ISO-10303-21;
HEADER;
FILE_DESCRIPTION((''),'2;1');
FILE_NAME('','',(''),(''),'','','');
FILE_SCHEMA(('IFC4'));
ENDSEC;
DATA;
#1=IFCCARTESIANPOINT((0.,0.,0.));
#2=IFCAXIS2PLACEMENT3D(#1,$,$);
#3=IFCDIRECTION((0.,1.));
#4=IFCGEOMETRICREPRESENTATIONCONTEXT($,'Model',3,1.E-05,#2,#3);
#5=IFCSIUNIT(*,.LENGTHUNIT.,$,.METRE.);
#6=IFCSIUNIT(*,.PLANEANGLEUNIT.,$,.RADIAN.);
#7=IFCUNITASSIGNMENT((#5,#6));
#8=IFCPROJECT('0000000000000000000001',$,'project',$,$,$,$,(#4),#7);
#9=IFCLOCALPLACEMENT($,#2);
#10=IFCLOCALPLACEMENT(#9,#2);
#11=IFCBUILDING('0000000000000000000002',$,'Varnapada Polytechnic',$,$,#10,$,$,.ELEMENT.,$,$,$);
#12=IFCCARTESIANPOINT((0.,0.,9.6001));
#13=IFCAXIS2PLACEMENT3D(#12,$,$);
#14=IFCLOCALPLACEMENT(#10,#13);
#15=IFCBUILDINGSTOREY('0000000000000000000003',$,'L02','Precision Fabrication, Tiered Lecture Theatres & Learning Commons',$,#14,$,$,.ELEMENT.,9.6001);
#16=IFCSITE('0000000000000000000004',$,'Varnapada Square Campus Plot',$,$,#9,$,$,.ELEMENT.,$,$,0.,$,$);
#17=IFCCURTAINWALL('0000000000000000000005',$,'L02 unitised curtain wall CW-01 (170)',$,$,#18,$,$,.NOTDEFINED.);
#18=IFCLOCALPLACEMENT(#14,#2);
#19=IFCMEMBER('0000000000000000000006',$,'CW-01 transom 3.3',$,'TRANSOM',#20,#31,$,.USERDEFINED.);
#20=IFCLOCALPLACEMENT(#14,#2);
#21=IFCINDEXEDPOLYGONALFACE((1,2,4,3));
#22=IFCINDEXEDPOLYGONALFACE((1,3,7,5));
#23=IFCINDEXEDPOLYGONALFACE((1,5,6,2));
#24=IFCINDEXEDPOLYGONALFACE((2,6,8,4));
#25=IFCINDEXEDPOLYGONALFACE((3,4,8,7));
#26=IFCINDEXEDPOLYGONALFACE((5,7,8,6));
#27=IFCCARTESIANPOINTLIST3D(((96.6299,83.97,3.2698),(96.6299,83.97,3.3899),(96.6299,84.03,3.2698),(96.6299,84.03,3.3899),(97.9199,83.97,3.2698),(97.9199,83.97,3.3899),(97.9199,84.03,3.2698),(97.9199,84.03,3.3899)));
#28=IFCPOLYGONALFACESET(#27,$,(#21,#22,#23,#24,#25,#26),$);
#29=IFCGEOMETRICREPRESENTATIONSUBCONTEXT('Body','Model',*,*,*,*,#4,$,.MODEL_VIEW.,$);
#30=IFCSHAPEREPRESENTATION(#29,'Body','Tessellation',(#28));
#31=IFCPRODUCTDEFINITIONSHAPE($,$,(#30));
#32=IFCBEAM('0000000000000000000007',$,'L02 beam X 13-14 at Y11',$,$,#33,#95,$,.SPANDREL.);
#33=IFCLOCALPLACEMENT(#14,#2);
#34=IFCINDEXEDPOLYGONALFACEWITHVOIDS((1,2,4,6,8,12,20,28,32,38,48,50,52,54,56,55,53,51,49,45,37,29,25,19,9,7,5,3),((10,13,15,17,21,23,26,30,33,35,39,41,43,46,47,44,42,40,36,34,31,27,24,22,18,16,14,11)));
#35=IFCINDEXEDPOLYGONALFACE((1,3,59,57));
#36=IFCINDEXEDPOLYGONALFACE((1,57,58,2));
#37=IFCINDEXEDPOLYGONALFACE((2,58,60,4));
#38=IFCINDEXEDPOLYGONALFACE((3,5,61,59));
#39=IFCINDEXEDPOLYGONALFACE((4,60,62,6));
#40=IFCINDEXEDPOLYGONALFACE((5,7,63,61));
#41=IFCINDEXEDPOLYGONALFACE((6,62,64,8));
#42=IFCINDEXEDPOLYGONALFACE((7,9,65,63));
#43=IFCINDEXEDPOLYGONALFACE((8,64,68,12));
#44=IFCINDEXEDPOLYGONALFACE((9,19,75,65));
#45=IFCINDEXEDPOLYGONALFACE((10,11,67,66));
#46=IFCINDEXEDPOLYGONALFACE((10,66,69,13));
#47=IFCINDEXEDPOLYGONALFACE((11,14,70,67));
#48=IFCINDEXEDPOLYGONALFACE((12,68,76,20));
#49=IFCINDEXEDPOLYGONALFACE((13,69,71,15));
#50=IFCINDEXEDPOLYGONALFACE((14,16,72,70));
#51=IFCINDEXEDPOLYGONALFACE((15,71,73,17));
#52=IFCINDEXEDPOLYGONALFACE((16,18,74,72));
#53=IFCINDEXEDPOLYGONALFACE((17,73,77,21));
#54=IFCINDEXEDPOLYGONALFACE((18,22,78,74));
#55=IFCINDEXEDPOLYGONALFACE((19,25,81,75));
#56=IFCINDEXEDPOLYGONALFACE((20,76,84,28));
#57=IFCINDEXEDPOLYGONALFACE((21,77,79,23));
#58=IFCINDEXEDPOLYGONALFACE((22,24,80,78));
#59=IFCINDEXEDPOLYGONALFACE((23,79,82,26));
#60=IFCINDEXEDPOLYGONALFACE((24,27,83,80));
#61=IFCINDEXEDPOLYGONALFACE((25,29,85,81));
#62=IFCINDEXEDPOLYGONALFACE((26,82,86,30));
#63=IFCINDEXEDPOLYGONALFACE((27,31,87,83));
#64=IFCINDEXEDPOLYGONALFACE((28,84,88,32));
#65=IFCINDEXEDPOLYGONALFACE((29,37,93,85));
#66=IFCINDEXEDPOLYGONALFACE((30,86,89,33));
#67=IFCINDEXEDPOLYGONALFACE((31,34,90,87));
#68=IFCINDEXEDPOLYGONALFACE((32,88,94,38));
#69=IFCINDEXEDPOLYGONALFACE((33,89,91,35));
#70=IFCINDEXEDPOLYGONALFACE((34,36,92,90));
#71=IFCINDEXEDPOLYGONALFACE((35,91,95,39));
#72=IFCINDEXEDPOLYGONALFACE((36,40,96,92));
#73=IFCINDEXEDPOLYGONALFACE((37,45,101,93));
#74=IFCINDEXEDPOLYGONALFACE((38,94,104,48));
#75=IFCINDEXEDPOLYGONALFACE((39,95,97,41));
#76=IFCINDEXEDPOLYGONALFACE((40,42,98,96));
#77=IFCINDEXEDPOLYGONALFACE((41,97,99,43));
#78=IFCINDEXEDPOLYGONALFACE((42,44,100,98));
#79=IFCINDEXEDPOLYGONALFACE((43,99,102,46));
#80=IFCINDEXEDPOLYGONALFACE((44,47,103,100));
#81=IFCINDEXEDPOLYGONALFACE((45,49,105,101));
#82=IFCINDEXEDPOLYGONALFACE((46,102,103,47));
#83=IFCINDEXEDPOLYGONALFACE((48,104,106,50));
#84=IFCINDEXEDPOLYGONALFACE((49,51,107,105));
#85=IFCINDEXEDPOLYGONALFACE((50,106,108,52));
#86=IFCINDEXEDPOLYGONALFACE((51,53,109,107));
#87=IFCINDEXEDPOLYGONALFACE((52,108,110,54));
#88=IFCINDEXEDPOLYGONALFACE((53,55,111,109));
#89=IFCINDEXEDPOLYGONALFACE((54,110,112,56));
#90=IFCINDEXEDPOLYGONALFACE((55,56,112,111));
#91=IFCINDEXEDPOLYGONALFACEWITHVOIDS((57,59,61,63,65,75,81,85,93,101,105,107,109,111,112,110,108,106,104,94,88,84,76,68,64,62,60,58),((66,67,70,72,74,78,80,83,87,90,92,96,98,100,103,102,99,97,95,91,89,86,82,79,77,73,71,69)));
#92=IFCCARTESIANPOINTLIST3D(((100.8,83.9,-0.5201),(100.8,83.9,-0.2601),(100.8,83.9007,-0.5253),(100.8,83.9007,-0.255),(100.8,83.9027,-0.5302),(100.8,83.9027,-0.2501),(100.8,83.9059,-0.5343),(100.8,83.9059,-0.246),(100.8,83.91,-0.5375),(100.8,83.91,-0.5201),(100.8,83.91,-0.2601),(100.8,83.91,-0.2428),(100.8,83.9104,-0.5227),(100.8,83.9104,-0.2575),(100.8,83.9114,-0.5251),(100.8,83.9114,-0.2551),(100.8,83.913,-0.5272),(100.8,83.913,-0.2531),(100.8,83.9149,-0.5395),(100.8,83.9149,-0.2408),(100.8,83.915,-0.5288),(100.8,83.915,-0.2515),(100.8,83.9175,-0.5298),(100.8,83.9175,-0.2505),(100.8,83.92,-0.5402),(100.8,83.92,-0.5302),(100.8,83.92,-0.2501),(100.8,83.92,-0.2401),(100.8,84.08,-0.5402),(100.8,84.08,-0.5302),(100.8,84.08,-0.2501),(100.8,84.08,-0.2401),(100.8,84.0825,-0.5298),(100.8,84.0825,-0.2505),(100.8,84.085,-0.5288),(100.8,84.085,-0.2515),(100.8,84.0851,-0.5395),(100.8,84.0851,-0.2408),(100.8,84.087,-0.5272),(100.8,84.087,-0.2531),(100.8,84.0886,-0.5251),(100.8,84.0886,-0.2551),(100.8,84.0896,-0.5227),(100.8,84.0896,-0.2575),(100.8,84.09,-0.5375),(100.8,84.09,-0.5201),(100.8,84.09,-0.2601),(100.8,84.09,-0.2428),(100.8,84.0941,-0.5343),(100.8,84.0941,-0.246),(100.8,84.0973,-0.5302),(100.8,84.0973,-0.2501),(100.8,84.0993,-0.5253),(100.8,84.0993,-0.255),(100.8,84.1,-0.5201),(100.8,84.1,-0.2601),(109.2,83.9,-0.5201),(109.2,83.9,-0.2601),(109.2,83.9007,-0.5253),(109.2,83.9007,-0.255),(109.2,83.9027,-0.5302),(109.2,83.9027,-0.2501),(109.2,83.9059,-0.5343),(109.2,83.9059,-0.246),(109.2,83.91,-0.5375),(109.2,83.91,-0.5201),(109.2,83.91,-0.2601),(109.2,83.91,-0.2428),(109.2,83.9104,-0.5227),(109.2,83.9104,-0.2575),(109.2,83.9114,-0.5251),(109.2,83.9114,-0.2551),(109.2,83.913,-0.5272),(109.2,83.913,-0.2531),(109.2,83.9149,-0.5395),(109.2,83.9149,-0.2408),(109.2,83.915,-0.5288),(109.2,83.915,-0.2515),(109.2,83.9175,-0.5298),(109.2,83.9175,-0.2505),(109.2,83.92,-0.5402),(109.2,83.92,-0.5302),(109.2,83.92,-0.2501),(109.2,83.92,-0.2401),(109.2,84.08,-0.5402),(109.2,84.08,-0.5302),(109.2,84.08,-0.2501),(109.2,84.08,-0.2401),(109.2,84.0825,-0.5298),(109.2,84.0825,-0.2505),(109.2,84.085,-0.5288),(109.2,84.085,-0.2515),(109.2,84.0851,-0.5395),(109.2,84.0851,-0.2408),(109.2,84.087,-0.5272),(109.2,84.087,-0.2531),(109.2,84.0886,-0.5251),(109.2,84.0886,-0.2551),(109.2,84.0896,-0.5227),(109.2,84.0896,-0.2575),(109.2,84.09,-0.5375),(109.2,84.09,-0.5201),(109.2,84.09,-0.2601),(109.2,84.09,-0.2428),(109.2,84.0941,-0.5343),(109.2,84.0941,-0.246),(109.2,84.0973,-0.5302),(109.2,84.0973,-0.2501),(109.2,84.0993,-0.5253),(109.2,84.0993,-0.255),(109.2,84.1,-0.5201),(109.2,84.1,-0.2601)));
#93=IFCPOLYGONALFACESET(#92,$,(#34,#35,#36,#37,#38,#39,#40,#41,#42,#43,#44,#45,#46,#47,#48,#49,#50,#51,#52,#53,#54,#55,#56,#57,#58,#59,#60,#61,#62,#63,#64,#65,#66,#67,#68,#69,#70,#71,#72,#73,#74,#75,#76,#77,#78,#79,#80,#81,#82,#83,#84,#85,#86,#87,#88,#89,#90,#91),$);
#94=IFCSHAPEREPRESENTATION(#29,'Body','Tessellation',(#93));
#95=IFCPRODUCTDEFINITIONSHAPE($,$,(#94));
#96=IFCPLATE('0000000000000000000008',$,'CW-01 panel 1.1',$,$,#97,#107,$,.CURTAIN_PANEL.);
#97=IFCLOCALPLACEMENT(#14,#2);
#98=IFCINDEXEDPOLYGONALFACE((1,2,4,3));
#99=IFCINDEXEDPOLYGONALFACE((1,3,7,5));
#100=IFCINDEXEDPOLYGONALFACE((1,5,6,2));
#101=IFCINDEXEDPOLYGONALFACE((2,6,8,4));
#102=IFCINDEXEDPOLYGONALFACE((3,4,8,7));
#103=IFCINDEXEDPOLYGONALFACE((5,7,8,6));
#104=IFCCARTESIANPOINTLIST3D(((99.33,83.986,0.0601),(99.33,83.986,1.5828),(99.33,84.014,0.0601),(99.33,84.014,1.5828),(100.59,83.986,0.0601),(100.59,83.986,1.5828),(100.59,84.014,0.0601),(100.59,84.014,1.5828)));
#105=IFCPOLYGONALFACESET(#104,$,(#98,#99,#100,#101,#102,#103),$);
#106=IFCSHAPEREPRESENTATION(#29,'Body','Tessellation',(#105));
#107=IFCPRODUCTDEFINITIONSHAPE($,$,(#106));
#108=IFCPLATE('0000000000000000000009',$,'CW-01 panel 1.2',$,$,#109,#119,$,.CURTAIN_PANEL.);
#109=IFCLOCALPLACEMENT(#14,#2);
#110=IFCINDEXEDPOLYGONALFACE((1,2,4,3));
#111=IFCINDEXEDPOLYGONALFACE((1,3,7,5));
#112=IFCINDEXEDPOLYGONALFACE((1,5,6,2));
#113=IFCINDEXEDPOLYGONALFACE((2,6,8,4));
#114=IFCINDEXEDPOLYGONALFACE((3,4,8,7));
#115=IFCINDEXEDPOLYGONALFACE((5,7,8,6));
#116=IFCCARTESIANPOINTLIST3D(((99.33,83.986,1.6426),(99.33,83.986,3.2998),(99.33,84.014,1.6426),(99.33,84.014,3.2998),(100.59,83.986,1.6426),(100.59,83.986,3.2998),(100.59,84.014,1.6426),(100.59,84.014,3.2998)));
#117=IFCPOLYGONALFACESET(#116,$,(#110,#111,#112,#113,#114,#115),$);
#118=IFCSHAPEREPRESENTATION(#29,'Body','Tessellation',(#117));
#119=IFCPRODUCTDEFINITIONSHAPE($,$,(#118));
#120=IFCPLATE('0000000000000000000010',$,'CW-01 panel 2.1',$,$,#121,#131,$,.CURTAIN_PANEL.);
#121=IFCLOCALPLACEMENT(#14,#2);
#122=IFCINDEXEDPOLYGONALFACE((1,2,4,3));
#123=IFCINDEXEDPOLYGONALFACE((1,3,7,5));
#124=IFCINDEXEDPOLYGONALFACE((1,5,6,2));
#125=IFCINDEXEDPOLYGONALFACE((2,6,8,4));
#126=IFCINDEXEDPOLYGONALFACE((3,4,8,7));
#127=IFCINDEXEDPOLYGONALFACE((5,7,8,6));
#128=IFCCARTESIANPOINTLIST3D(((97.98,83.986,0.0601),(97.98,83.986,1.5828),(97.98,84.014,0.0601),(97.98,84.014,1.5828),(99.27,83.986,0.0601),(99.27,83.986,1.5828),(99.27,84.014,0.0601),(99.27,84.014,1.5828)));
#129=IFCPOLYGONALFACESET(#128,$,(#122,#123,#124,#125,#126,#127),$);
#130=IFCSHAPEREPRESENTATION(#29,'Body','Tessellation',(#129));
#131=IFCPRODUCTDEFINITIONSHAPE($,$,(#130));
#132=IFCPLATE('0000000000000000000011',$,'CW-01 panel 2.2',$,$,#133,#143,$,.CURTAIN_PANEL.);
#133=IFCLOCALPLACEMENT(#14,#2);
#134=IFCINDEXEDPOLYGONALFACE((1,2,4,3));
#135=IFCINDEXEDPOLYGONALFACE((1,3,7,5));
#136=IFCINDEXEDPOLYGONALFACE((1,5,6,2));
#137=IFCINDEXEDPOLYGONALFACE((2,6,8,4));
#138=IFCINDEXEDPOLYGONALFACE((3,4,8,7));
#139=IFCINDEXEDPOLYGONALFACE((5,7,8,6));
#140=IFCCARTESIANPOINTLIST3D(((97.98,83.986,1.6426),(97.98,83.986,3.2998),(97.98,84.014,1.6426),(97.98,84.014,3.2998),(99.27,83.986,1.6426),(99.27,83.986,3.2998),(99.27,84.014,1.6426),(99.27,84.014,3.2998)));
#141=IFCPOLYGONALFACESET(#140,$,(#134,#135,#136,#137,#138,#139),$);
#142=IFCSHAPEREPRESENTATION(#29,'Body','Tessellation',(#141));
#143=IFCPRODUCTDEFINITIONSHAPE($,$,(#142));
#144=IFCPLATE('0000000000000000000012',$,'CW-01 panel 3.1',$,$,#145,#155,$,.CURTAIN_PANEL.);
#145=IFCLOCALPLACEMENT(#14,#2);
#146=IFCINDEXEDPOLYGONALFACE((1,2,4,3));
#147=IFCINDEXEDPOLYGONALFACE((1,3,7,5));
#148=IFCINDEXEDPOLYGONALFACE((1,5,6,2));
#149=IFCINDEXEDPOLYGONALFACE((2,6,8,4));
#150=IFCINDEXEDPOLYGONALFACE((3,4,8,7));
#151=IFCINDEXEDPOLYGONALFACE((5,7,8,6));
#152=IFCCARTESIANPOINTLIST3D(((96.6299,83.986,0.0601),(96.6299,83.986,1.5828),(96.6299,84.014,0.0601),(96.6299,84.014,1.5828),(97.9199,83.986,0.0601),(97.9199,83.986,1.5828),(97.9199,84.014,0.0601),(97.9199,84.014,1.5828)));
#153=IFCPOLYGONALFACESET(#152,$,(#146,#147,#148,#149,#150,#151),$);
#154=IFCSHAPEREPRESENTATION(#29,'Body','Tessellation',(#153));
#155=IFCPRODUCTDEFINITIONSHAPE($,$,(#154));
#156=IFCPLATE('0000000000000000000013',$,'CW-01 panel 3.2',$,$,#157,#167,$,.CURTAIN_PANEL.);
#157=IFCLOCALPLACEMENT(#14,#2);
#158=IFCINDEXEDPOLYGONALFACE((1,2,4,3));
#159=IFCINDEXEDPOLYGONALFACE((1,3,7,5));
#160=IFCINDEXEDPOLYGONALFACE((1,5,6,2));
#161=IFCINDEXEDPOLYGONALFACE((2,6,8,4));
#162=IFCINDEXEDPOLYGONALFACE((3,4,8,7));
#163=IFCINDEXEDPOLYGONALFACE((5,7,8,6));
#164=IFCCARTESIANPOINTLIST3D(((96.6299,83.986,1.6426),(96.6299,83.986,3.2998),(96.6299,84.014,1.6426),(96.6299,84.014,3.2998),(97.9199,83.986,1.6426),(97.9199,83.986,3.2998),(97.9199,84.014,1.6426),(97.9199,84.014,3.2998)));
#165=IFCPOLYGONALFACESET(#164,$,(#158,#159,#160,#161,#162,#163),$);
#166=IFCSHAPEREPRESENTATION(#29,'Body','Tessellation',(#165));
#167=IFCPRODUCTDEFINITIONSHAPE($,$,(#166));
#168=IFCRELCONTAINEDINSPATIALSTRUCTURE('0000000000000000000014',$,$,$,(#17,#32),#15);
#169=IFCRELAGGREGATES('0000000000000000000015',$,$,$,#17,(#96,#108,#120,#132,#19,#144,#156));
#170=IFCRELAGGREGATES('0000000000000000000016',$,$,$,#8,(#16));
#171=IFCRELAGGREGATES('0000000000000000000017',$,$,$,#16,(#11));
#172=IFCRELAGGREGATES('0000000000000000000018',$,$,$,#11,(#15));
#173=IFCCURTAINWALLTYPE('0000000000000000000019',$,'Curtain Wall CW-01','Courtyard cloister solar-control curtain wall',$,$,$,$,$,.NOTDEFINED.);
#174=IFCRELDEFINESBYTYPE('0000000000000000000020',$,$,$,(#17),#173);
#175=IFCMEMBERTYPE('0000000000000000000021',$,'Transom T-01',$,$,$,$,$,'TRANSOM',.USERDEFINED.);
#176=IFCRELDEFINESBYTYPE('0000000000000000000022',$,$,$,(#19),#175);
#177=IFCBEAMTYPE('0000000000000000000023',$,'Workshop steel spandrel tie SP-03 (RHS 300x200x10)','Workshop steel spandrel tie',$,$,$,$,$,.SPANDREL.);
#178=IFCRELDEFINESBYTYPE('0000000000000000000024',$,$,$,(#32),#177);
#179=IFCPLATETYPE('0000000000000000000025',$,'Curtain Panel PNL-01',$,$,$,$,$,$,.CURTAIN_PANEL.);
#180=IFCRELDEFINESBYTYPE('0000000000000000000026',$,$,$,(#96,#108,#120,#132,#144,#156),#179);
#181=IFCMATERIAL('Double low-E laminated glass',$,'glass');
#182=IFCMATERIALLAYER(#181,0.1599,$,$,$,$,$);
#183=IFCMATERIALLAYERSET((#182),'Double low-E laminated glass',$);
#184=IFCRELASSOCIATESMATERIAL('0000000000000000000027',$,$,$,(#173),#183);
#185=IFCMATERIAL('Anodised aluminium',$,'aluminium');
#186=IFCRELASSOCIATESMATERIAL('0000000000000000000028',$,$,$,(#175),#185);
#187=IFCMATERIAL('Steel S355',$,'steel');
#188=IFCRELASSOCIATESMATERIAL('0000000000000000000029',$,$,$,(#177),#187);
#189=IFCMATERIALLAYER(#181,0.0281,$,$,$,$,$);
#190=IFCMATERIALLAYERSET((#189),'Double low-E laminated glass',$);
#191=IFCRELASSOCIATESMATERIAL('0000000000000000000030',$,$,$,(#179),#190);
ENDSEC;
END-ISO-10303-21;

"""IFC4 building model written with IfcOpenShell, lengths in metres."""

from ifc_helpers import new_model, si_unit, direction, frame, origin, origin_2d, place, context, subcontext, project, spatial, rectangle, hollow_rectangle, extrude, material, layer, layer_set, material_profile, profile_set, type_object, element, aggregate, save


model = new_model("IFC4")

# Units and contexts
model_context = context("Model", 3, precision=1e-05, world=origin(), true_north=direction((0.0, 1.0)))
body_context = subcontext(model_context, "Body", "Model", "MODEL_VIEW")
ifc_project = project(units=[si_unit("LENGTHUNIT", "METRE"), si_unit("PLANEANGLEUNIT", "RADIAN")], contexts=[model_context])

# Site, building, storey
site_placement = place(None, origin())
site = spatial("IfcSite", under=ifc_project, at=site_placement, Name="Varnapada Square Campus Plot", CompositionType="ELEMENT", RefElevation=0.0)
building_placement = place(site_placement, origin())
building = spatial("IfcBuilding", under=site, at=building_placement, Name="Varnapada Polytechnic", CompositionType="ELEMENT")
storey_placement = place(building_placement, frame((0.0, 0.0, 9.6001)))
storey = spatial("IfcBuildingStorey", under=building, at=storey_placement, Name="L02", Description="Precision Fabrication, Tiered Lecture Theatres & Learning Commons", CompositionType="ELEMENT", Elevation=9.6001)

# Shared definitions
ifc_material_1 = material(Name="Steel S355", Category="steel")

# Curtain wall, member
ifc_material_2 = material(Name="Double low-E laminated glass", Category="glass")
ifc_layer_1 = layer(ifc_material_2, 0.1599)
ifc_layer_set_1 = layer_set([ifc_layer_1], Name="Double low-E laminated glass")
curtain_wall_type = type_object("IfcCurtainWallType", Name="Curtain Wall CW-01", Description="Courtyard cloister solar-control curtain wall", PredefinedType="NOTDEFINED", material=ifc_layer_set_1)
curtain_wall_placement = place(storey_placement, origin())
curtain_wall = element("IfcCurtainWall", 1, at=curtain_wall_placement, inside=storey, type_object=curtain_wall_type, Name="L02 unitised curtain wall CW-01 (170)", PredefinedType="NOTDEFINED")
ifc_material_3 = material(Name="Anodised aluminium", Category="aluminium")
ifc_material_profile_1 = material_profile(ifc_material_3, rectangle(XDim=0.0601, YDim=0.1201, at=origin_2d()), Name="ALU T60x120")
ifc_profile_set_1 = profile_set([ifc_material_profile_1], Name="Anodised aluminium")
member_type_1 = type_object("IfcMemberType", Name="Transom T-01", ElementType="TRANSOM", PredefinedType="USERDEFINED", material=ifc_profile_set_1)
member_1_placement = place(storey_placement, frame((97.9199, 84.0, 3.3298), z_axis=(-1.0, 0.0, 0.0), x_axis=(0.0, -1.0, 0.0)))
member_1 = element("IfcMember", 2, at=member_1_placement, type_object=member_type_1, Name="CW-01 transom 3.3", ObjectType="TRANSOM", PredefinedType="USERDEFINED", context=body_context, shape_type="SweptSolid", body=[
    extrude(rectangle(XDim=0.0601, YDim=0.1201, at=origin_2d()), origin(), (0.0, 0.0, 1.0), 1.29),
])

# Beam
ifc_material_profile_2 = material_profile(ifc_material_1, hollow_rectangle(XDim=0.2, YDim=0.3, WallThickness=0.01, InnerFilletRadius=0.01, OuterFilletRadius=0.02, at=origin_2d()), Name="RHS 300x200x10")
ifc_profile_set_2 = profile_set([ifc_material_profile_2], Name="Steel S355")
beam_type = type_object("IfcBeamType", Name="Workshop steel spandrel tie SP-03 (RHS 300x200x10)", Description="Workshop steel spandrel tie", PredefinedType="SPANDREL", material=ifc_profile_set_2)
beam_placement = place(storey_placement, frame((100.8, 84.0, -0.3901), z_axis=(1.0, 0.0, 0.0), x_axis=(0.0, 1.0, 0.0)))
element("IfcBeam", 3, at=beam_placement, inside=storey, type_object=beam_type, Name="L02 beam X 13-14 at Y11", PredefinedType="SPANDREL", context=body_context, shape_type="SweptSolid", body=[
    extrude(hollow_rectangle(XDim=0.2, YDim=0.3, WallThickness=0.01, InnerFilletRadius=0.01, OuterFilletRadius=0.02, at=origin_2d()), origin(), (0.0, 0.0, 1.0), 8.3999),
])

# Plates
ifc_layer_2 = layer(ifc_material_2, 0.0281)
ifc_layer_set_2 = layer_set([ifc_layer_2], Name="Double low-E laminated glass")
plate_type = type_object("IfcPlateType", Name="Curtain Panel PNL-01", PredefinedType="CURTAIN_PANEL", material=ifc_layer_set_2)
plate_1_placement = place(storey_placement, frame((99.96, 84.0, 0.0601), z_axis=(0.0, 0.0, 1.0), x_axis=(-1.0, 0.0, 0.0)))
plate_1 = element("IfcPlate", 4, at=plate_1_placement, type_object=plate_type, Name="CW-01 panel 1.1", PredefinedType="CURTAIN_PANEL", context=body_context, shape_type="SweptSolid", body=[
    extrude(rectangle(XDim=1.26, YDim=0.0281, at=origin_2d()), origin(), (0.0, 0.0, 1.0), 1.5227),
])
plate_2_placement = place(storey_placement, frame((99.96, 84.0, 1.6426), z_axis=(0.0, 0.0, 1.0), x_axis=(-1.0, 0.0, 0.0)))
plate_2 = element("IfcPlate", 5, at=plate_2_placement, type_object=plate_type, Name="CW-01 panel 1.2", PredefinedType="CURTAIN_PANEL", context=body_context, shape_type="SweptSolid", body=[
    extrude(rectangle(XDim=1.26, YDim=0.0281, at=origin_2d()), origin(), (0.0, 0.0, 1.0), 1.6572),
])
plate_3_placement = place(storey_placement, frame((98.625, 84.0, 0.0601), z_axis=(0.0, 0.0, 1.0), x_axis=(-1.0, 0.0, 0.0)))
plate_3 = element("IfcPlate", 6, at=plate_3_placement, type_object=plate_type, Name="CW-01 panel 2.1", PredefinedType="CURTAIN_PANEL", context=body_context, shape_type="SweptSolid", body=[
    extrude(rectangle(XDim=1.29, YDim=0.0281, at=origin_2d()), origin(), (0.0, 0.0, 1.0), 1.5227),
])
plate_4_placement = place(storey_placement, frame((98.625, 84.0, 1.6426), z_axis=(0.0, 0.0, 1.0), x_axis=(-1.0, 0.0, 0.0)))
plate_4 = element("IfcPlate", 7, at=plate_4_placement, type_object=plate_type, Name="CW-01 panel 2.2", PredefinedType="CURTAIN_PANEL", context=body_context, shape_type="SweptSolid", body=[
    extrude(rectangle(XDim=1.29, YDim=0.0281, at=origin_2d()), origin(), (0.0, 0.0, 1.0), 1.6572),
])
plate_5_placement = place(storey_placement, frame((97.2749, 84.0, 0.0601), z_axis=(0.0, 0.0, 1.0), x_axis=(-1.0, 0.0, 0.0)))
plate_5 = element("IfcPlate", 8, at=plate_5_placement, type_object=plate_type, Name="CW-01 panel 3.1", PredefinedType="CURTAIN_PANEL", context=body_context, shape_type="SweptSolid", body=[
    extrude(rectangle(XDim=1.29, YDim=0.0281, at=origin_2d()), origin(), (0.0, 0.0, 1.0), 1.5227),
])
plate_6_placement = place(storey_placement, frame((97.2749, 84.0, 1.6426), z_axis=(0.0, 0.0, 1.0), x_axis=(-1.0, 0.0, 0.0)))
plate_6 = element("IfcPlate", 9, at=plate_6_placement, type_object=plate_type, Name="CW-01 panel 3.2", PredefinedType="CURTAIN_PANEL", context=body_context, shape_type="SweptSolid", body=[
    extrude(rectangle(XDim=1.29, YDim=0.0281, at=origin_2d()), origin(), (0.0, 0.0, 1.0), 1.6572),
])
aggregate(curtain_wall, [plate_1, plate_2, plate_3, plate_4, member_1, plate_5, plate_6])

save(model, "model.ifc")
